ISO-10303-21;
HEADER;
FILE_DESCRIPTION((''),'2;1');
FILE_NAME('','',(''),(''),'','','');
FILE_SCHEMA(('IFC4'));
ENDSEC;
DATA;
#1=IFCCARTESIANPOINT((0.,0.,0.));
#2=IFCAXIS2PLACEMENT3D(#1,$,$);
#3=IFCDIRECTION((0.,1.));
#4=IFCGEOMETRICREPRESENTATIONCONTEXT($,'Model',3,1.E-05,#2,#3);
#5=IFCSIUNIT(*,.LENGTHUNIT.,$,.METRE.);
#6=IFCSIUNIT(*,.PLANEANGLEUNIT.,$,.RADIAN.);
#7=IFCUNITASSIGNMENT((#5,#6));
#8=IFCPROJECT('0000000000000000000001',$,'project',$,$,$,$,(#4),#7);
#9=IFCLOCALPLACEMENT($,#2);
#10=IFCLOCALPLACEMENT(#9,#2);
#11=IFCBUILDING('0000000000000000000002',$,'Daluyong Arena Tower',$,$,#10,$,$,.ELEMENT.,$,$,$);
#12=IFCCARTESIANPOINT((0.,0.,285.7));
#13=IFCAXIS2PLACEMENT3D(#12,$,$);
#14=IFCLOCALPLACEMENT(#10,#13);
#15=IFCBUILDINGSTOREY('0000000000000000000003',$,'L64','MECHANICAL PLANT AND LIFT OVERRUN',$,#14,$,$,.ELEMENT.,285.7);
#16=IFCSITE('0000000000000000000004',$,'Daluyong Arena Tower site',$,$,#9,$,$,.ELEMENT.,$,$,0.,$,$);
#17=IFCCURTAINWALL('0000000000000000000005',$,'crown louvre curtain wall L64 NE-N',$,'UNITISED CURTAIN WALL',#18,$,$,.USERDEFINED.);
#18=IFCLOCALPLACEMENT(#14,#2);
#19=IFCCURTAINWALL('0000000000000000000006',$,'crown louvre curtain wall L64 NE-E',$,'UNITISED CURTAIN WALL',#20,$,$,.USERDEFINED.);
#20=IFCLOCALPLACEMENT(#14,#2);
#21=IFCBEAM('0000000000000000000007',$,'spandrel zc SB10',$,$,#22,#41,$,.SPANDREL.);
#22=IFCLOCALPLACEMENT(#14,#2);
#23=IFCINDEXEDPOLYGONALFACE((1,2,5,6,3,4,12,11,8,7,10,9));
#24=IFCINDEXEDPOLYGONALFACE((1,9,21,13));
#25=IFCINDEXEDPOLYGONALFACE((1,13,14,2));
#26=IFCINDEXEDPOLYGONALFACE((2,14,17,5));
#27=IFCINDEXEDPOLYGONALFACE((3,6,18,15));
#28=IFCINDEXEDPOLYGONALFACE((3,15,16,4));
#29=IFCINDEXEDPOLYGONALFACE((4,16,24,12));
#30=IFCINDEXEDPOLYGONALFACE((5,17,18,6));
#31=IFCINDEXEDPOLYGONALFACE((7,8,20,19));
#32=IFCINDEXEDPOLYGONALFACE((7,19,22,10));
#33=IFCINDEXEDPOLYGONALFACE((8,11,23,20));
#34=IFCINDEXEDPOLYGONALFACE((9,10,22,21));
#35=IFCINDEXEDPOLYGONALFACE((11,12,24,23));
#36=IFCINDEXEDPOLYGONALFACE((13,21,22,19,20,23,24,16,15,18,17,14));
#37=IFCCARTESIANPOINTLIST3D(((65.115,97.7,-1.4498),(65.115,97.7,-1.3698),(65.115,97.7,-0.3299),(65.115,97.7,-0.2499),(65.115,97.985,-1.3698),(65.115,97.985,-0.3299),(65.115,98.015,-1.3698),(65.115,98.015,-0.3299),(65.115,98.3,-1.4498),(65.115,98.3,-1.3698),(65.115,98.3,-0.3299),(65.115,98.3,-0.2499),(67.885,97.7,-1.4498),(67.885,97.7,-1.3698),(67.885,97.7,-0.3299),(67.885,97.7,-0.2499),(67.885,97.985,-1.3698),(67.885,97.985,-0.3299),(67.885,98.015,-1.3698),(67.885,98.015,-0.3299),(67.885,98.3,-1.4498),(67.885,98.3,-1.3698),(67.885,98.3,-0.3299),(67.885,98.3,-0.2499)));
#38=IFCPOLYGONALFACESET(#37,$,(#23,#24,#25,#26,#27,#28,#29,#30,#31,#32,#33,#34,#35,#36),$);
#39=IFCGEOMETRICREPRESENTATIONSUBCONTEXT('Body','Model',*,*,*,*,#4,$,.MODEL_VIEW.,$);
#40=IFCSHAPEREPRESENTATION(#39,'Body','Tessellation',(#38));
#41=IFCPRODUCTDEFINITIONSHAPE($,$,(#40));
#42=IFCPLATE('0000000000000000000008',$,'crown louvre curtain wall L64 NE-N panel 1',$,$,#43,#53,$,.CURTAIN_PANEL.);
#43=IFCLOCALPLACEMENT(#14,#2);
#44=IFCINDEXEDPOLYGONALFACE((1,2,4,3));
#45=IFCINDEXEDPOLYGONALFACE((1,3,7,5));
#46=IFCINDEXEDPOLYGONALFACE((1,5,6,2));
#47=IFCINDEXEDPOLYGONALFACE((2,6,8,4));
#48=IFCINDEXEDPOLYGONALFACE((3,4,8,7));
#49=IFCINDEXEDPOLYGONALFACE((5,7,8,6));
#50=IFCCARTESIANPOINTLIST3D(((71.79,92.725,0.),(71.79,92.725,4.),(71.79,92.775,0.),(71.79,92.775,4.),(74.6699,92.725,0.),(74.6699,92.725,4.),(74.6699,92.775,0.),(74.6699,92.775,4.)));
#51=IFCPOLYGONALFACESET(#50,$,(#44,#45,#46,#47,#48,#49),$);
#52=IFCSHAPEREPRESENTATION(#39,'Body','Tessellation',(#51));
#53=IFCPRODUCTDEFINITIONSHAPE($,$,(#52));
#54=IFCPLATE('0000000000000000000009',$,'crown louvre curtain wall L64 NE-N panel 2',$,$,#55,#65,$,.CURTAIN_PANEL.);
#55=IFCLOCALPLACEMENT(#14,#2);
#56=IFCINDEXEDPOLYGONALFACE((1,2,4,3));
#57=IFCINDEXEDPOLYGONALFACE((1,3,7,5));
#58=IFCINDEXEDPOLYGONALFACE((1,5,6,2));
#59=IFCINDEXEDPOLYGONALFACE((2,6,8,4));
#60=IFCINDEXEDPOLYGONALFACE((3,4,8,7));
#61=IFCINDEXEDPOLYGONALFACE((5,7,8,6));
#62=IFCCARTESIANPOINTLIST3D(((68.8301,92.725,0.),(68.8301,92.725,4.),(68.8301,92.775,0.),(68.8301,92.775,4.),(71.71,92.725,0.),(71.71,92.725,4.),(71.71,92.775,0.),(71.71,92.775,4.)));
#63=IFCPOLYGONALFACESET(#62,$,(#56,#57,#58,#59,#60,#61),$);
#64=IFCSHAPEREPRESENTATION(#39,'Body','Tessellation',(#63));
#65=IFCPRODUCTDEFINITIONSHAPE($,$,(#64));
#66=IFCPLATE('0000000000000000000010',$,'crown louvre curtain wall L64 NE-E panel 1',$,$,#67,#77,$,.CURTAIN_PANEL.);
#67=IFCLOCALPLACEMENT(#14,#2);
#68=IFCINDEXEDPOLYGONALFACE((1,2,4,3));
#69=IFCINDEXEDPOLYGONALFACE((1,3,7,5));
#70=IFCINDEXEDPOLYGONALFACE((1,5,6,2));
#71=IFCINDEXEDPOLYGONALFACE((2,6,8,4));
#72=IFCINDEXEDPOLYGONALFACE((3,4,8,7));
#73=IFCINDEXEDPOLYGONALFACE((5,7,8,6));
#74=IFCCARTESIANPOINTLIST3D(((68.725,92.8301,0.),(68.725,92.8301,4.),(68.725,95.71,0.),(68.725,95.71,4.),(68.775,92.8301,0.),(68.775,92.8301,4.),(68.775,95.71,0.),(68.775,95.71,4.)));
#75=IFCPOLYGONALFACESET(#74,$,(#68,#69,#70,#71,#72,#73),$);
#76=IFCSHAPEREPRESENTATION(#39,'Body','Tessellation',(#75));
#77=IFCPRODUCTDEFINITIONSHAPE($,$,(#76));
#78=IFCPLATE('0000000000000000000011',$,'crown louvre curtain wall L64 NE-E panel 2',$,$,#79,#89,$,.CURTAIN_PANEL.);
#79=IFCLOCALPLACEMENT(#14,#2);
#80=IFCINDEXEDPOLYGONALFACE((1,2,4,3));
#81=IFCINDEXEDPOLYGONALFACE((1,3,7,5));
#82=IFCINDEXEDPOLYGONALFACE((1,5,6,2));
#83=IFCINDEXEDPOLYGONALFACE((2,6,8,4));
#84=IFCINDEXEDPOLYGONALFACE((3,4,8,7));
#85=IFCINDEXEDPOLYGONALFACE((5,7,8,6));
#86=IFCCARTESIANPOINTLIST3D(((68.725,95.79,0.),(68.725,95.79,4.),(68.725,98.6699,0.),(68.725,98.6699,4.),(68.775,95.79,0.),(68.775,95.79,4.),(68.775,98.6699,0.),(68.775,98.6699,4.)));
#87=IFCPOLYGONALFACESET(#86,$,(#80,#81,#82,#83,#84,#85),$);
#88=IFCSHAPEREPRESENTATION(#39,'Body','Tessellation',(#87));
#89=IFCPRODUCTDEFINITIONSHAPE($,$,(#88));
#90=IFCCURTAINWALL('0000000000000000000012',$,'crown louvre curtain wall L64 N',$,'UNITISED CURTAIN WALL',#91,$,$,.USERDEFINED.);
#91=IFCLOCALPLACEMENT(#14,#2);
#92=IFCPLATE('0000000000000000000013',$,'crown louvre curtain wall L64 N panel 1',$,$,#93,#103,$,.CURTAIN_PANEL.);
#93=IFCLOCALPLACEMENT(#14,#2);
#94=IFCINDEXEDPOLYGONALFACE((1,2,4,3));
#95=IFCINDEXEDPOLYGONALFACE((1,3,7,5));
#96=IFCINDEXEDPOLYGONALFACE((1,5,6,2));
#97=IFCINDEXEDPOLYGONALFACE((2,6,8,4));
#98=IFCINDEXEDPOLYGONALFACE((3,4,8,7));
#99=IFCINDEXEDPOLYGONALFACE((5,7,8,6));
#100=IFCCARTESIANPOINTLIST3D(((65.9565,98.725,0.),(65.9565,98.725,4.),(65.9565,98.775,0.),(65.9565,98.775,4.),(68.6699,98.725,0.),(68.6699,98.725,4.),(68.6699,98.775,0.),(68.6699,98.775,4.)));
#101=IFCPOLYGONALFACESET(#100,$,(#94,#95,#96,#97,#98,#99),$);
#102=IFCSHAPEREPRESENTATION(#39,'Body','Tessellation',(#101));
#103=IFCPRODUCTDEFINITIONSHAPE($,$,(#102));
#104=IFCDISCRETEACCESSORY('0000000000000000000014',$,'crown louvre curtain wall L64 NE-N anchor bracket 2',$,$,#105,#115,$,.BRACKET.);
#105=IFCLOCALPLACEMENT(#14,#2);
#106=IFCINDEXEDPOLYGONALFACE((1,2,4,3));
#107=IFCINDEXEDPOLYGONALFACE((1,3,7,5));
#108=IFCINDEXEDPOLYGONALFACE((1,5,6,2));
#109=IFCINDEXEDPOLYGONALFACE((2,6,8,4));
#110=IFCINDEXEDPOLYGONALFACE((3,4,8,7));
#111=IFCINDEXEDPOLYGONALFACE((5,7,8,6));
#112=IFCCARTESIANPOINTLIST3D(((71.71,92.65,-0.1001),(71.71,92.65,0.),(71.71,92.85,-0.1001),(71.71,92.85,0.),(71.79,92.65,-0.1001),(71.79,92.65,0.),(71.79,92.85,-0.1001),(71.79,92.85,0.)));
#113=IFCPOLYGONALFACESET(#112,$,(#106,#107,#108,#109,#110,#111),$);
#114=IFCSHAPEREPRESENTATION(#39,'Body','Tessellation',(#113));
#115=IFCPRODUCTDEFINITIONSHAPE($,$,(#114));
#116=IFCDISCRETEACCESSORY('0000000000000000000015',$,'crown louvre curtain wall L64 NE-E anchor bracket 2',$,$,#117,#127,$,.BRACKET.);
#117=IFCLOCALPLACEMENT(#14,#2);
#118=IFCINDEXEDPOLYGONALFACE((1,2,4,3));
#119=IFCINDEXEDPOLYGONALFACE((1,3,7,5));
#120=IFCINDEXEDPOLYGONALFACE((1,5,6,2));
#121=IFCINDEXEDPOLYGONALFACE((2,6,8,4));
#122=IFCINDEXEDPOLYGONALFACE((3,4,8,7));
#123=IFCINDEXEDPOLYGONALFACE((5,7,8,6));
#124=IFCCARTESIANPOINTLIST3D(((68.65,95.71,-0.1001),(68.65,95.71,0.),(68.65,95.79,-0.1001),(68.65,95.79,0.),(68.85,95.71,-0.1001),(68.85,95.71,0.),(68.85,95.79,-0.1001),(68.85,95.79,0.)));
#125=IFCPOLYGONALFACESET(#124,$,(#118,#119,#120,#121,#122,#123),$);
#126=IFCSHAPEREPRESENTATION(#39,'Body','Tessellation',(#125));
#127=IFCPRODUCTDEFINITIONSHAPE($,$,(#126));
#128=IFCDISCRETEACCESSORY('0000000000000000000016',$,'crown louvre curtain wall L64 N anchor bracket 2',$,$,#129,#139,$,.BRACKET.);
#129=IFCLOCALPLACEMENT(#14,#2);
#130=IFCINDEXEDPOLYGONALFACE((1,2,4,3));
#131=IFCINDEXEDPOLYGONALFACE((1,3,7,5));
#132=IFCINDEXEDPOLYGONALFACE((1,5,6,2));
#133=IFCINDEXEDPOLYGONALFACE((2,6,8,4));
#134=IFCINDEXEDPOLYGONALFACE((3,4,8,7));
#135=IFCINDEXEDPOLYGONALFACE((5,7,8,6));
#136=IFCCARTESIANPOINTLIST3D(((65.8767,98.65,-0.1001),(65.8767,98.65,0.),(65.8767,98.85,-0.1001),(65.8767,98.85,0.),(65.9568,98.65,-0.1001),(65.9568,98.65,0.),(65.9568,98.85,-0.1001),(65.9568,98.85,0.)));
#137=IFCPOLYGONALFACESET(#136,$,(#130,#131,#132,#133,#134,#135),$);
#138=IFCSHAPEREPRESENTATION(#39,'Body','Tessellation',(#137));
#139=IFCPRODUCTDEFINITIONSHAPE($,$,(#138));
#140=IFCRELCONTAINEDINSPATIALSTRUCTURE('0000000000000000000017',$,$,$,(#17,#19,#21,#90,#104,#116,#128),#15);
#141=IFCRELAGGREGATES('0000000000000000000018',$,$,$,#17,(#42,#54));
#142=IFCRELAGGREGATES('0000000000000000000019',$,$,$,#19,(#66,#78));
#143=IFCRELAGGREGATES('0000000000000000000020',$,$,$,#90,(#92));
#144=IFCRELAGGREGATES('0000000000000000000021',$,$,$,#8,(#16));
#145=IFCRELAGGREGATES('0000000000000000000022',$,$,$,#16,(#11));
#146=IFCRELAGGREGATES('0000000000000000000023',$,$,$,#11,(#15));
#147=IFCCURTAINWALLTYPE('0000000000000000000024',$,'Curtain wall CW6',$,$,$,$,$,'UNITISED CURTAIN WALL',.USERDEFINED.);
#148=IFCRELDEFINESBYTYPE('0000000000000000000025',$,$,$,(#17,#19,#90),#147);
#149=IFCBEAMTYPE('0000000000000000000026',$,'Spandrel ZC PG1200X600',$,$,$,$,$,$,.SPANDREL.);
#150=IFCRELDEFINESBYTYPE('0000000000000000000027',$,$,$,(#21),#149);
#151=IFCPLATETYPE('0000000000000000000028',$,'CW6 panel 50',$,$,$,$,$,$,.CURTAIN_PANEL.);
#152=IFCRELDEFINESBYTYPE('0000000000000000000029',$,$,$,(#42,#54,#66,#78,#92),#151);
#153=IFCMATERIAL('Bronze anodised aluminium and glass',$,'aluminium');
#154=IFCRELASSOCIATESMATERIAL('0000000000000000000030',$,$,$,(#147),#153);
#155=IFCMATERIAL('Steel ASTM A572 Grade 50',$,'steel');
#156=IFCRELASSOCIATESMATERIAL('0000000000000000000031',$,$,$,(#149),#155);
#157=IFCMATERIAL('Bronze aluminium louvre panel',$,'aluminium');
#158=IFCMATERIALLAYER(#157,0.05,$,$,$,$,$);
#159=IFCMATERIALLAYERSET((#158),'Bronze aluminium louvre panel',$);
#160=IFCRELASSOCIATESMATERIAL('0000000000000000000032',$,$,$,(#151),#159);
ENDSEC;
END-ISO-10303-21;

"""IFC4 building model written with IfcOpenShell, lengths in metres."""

from ifc_helpers import new_model, si_unit, direction, frame, origin, origin_2d, place, context, subcontext, project, spatial, rectangle, i_section, extrude, material, layer, layer_set, material_profile, profile_set, type_object, element, aggregate, save


model = new_model("IFC4")

# Units and contexts
model_context = context("Model", 3, precision=1e-05, world=origin(), true_north=direction((0.0, 1.0)))
body_context = subcontext(model_context, "Body", "Model", "MODEL_VIEW")
ifc_project = project(units=[si_unit("LENGTHUNIT", "METRE"), si_unit("PLANEANGLEUNIT", "RADIAN")], contexts=[model_context])

# Site, building, storey
site_placement = place(None, origin())
site = spatial("IfcSite", under=ifc_project, at=site_placement, Name="Daluyong Arena Tower site", CompositionType="ELEMENT", RefElevation=0.0)
building_placement = place(site_placement, origin())
building = spatial("IfcBuilding", under=site, at=building_placement, Name="Daluyong Arena Tower", CompositionType="ELEMENT")
storey_placement = place(building_placement, frame((0.0, 0.0, 285.7)))
storey = spatial("IfcBuildingStorey", under=building, at=storey_placement, Name="L64", Description="MECHANICAL PLANT AND LIFT OVERRUN", CompositionType="ELEMENT", Elevation=285.7)

# Shared definitions
ifc_material_1 = material(Name="Bronze anodised aluminium and glass", Category="aluminium")
curtain_wall_type = type_object("IfcCurtainWallType", Name="Curtain wall CW6", ElementType="UNITISED CURTAIN WALL", PredefinedType="USERDEFINED", material=ifc_material_1)

# Curtain walls
curtain_wall_1_placement = place(storey_placement, origin())
curtain_wall_1 = element("IfcCurtainWall", 1, at=curtain_wall_1_placement, inside=storey, type_object=curtain_wall_type, Name="crown louvre curtain wall L64 NE-N", ObjectType="UNITISED CURTAIN WALL", PredefinedType="USERDEFINED")
curtain_wall_2_placement = place(storey_placement, origin())
curtain_wall_2 = element("IfcCurtainWall", 2, at=curtain_wall_2_placement, inside=storey, type_object=curtain_wall_type, Name="crown louvre curtain wall L64 NE-E", ObjectType="UNITISED CURTAIN WALL", PredefinedType="USERDEFINED")

# Beam
ifc_material_2 = material(Name="Steel ASTM A572 Grade 50", Category="steel")
ifc_material_profile_1 = material_profile(ifc_material_2, i_section(OverallWidth=0.6001, OverallDepth=1.2, WebThickness=0.03, FlangeThickness=0.08, at=origin_2d()))
ifc_profile_set_1 = profile_set([ifc_material_profile_1], Name="Steel ASTM A572 Grade 50")
beam_type = type_object("IfcBeamType", Name="Spandrel ZC PG1200X600", PredefinedType="SPANDREL", material=ifc_profile_set_1)
for number, where, z_axis, x_axis, name in (
    (3, (67.885, 98.0, -0.8499), (-1.0, 0.0, 0.0), (0.0, -1.0, 0.0), "spandrel zc SB10"),
):
    element("IfcBeam", number, at=place(storey_placement, frame(where, z_axis=z_axis, x_axis=x_axis)), inside=storey, type_object=beam_type, Name=name, PredefinedType="SPANDREL", context=body_context, shape_type="SweptSolid", body=[
        extrude(i_section(OverallWidth=0.6001, OverallDepth=1.2, WebThickness=0.03, FlangeThickness=0.08, at=origin_2d()), origin(), (0.0, 0.0, 1.0), 2.77),
    ])

# Plates
ifc_material_3 = material(Name="Bronze aluminium louvre panel", Category="aluminium")
ifc_layer = layer(ifc_material_3, 0.05)
ifc_layer_set = layer_set([ifc_layer], Name="Bronze aluminium louvre panel")
plate_type = type_object("IfcPlateType", Name="CW6 panel 50", PredefinedType="CURTAIN_PANEL", material=ifc_layer_set)
plate_1_placement = place(storey_placement, frame((73.23, 92.75, 0.0), z_axis=(0.0, 0.0, 1.0), x_axis=(-1.0, 0.0, 0.0)))
plate_1 = element("IfcPlate", 4, at=plate_1_placement, type_object=plate_type, Name="crown louvre curtain wall L64 NE-N panel 1", PredefinedType="CURTAIN_PANEL", context=body_context, shape_type="SweptSolid", body=[
    extrude(rectangle(XDim=2.8799, YDim=0.05, at=origin_2d()), origin(), (0.0, 0.0, 1.0), 4.0),
])
plate_2_placement = place(storey_placement, frame((70.27, 92.75, 0.0), z_axis=(0.0, 0.0, 1.0), x_axis=(-1.0, 0.0, 0.0)))
plate_2 = element("IfcPlate", 5, at=plate_2_placement, type_object=plate_type, Name="crown louvre curtain wall L64 NE-N panel 2", PredefinedType="CURTAIN_PANEL", context=body_context, shape_type="SweptSolid", body=[
    extrude(rectangle(XDim=2.8799, YDim=0.05, at=origin_2d()), origin(), (0.0, 0.0, 1.0), 4.0),
])
aggregate(curtain_wall_1, [plate_1, plate_2])
plate_3_placement = place(storey_placement, frame((68.75, 94.27, 0.0), z_axis=(0.0, 0.0, 1.0), x_axis=(0.0, 1.0, 0.0)))
plate_3 = element("IfcPlate", 6, at=plate_3_placement, type_object=plate_type, Name="crown louvre curtain wall L64 NE-E panel 1", PredefinedType="CURTAIN_PANEL", context=body_context, shape_type="SweptSolid", body=[
    extrude(rectangle(XDim=2.8799, YDim=0.05, at=origin_2d()), origin(), (0.0, 0.0, 1.0), 4.0),
])
plate_4_placement = place(storey_placement, frame((68.75, 97.23, 0.0), z_axis=(0.0, 0.0, 1.0), x_axis=(0.0, 1.0, 0.0)))
plate_4 = element("IfcPlate", 7, at=plate_4_placement, type_object=plate_type, Name="crown louvre curtain wall L64 NE-E panel 2", PredefinedType="CURTAIN_PANEL", context=body_context, shape_type="SweptSolid", body=[
    extrude(rectangle(XDim=2.8799, YDim=0.05, at=origin_2d()), origin(), (0.0, 0.0, 1.0), 4.0),
])
aggregate(curtain_wall_2, [plate_3, plate_4])

# Curtain wall, plate
curtain_wall_3_placement = place(storey_placement, origin())
curtain_wall_3 = element("IfcCurtainWall", 8, at=curtain_wall_3_placement, inside=storey, type_object=curtain_wall_type, Name="crown louvre curtain wall L64 N", ObjectType="UNITISED CURTAIN WALL", PredefinedType="USERDEFINED")
plate_5_placement = place(storey_placement, frame((67.3132, 98.75, 0.0), z_axis=(0.0, 0.0, 1.0), x_axis=(-1.0, 0.0, 0.0)))
plate_5 = element("IfcPlate", 9, at=plate_5_placement, type_object=plate_type, Name="crown louvre curtain wall L64 N panel 1", PredefinedType="CURTAIN_PANEL", context=body_context, shape_type="SweptSolid", body=[
    extrude(rectangle(XDim=2.7134, YDim=0.05, at=origin_2d()), origin(), (0.0, 0.0, 1.0), 4.0),
])
aggregate(curtain_wall_3, [plate_5])

# Discrete accessories
for number, where, z_axis, x_axis, name in (
    (10, (71.75, 92.75, -0.1001), (0.0, 0.0, 1.0), (-1.0, 0.0, 0.0), "crown louvre curtain wall L64 NE-N anchor bracket 2"),
    (11, (68.75, 95.75, -0.1001), (0.0, 0.0, 1.0), (0.0, 1.0, 0.0), "crown louvre curtain wall L64 NE-E anchor bracket 2"),
    (12, (65.9167, 98.75, -0.1001), (0.0, 0.0, 1.0), (-1.0, 0.0, 0.0), "crown louvre curtain wall L64 N anchor bracket 2"),
):
    element("IfcDiscreteAccessory", number, at=place(storey_placement, frame(where, z_axis=z_axis, x_axis=x_axis)), inside=storey, Name=name, PredefinedType="BRACKET", context=body_context, shape_type="SweptSolid", body=[
        extrude(rectangle(XDim=0.0801, YDim=0.2, at=origin_2d()), origin(), (0.0, 0.0, 1.0), 0.1001),
    ])

save(model, "model.ifc")
